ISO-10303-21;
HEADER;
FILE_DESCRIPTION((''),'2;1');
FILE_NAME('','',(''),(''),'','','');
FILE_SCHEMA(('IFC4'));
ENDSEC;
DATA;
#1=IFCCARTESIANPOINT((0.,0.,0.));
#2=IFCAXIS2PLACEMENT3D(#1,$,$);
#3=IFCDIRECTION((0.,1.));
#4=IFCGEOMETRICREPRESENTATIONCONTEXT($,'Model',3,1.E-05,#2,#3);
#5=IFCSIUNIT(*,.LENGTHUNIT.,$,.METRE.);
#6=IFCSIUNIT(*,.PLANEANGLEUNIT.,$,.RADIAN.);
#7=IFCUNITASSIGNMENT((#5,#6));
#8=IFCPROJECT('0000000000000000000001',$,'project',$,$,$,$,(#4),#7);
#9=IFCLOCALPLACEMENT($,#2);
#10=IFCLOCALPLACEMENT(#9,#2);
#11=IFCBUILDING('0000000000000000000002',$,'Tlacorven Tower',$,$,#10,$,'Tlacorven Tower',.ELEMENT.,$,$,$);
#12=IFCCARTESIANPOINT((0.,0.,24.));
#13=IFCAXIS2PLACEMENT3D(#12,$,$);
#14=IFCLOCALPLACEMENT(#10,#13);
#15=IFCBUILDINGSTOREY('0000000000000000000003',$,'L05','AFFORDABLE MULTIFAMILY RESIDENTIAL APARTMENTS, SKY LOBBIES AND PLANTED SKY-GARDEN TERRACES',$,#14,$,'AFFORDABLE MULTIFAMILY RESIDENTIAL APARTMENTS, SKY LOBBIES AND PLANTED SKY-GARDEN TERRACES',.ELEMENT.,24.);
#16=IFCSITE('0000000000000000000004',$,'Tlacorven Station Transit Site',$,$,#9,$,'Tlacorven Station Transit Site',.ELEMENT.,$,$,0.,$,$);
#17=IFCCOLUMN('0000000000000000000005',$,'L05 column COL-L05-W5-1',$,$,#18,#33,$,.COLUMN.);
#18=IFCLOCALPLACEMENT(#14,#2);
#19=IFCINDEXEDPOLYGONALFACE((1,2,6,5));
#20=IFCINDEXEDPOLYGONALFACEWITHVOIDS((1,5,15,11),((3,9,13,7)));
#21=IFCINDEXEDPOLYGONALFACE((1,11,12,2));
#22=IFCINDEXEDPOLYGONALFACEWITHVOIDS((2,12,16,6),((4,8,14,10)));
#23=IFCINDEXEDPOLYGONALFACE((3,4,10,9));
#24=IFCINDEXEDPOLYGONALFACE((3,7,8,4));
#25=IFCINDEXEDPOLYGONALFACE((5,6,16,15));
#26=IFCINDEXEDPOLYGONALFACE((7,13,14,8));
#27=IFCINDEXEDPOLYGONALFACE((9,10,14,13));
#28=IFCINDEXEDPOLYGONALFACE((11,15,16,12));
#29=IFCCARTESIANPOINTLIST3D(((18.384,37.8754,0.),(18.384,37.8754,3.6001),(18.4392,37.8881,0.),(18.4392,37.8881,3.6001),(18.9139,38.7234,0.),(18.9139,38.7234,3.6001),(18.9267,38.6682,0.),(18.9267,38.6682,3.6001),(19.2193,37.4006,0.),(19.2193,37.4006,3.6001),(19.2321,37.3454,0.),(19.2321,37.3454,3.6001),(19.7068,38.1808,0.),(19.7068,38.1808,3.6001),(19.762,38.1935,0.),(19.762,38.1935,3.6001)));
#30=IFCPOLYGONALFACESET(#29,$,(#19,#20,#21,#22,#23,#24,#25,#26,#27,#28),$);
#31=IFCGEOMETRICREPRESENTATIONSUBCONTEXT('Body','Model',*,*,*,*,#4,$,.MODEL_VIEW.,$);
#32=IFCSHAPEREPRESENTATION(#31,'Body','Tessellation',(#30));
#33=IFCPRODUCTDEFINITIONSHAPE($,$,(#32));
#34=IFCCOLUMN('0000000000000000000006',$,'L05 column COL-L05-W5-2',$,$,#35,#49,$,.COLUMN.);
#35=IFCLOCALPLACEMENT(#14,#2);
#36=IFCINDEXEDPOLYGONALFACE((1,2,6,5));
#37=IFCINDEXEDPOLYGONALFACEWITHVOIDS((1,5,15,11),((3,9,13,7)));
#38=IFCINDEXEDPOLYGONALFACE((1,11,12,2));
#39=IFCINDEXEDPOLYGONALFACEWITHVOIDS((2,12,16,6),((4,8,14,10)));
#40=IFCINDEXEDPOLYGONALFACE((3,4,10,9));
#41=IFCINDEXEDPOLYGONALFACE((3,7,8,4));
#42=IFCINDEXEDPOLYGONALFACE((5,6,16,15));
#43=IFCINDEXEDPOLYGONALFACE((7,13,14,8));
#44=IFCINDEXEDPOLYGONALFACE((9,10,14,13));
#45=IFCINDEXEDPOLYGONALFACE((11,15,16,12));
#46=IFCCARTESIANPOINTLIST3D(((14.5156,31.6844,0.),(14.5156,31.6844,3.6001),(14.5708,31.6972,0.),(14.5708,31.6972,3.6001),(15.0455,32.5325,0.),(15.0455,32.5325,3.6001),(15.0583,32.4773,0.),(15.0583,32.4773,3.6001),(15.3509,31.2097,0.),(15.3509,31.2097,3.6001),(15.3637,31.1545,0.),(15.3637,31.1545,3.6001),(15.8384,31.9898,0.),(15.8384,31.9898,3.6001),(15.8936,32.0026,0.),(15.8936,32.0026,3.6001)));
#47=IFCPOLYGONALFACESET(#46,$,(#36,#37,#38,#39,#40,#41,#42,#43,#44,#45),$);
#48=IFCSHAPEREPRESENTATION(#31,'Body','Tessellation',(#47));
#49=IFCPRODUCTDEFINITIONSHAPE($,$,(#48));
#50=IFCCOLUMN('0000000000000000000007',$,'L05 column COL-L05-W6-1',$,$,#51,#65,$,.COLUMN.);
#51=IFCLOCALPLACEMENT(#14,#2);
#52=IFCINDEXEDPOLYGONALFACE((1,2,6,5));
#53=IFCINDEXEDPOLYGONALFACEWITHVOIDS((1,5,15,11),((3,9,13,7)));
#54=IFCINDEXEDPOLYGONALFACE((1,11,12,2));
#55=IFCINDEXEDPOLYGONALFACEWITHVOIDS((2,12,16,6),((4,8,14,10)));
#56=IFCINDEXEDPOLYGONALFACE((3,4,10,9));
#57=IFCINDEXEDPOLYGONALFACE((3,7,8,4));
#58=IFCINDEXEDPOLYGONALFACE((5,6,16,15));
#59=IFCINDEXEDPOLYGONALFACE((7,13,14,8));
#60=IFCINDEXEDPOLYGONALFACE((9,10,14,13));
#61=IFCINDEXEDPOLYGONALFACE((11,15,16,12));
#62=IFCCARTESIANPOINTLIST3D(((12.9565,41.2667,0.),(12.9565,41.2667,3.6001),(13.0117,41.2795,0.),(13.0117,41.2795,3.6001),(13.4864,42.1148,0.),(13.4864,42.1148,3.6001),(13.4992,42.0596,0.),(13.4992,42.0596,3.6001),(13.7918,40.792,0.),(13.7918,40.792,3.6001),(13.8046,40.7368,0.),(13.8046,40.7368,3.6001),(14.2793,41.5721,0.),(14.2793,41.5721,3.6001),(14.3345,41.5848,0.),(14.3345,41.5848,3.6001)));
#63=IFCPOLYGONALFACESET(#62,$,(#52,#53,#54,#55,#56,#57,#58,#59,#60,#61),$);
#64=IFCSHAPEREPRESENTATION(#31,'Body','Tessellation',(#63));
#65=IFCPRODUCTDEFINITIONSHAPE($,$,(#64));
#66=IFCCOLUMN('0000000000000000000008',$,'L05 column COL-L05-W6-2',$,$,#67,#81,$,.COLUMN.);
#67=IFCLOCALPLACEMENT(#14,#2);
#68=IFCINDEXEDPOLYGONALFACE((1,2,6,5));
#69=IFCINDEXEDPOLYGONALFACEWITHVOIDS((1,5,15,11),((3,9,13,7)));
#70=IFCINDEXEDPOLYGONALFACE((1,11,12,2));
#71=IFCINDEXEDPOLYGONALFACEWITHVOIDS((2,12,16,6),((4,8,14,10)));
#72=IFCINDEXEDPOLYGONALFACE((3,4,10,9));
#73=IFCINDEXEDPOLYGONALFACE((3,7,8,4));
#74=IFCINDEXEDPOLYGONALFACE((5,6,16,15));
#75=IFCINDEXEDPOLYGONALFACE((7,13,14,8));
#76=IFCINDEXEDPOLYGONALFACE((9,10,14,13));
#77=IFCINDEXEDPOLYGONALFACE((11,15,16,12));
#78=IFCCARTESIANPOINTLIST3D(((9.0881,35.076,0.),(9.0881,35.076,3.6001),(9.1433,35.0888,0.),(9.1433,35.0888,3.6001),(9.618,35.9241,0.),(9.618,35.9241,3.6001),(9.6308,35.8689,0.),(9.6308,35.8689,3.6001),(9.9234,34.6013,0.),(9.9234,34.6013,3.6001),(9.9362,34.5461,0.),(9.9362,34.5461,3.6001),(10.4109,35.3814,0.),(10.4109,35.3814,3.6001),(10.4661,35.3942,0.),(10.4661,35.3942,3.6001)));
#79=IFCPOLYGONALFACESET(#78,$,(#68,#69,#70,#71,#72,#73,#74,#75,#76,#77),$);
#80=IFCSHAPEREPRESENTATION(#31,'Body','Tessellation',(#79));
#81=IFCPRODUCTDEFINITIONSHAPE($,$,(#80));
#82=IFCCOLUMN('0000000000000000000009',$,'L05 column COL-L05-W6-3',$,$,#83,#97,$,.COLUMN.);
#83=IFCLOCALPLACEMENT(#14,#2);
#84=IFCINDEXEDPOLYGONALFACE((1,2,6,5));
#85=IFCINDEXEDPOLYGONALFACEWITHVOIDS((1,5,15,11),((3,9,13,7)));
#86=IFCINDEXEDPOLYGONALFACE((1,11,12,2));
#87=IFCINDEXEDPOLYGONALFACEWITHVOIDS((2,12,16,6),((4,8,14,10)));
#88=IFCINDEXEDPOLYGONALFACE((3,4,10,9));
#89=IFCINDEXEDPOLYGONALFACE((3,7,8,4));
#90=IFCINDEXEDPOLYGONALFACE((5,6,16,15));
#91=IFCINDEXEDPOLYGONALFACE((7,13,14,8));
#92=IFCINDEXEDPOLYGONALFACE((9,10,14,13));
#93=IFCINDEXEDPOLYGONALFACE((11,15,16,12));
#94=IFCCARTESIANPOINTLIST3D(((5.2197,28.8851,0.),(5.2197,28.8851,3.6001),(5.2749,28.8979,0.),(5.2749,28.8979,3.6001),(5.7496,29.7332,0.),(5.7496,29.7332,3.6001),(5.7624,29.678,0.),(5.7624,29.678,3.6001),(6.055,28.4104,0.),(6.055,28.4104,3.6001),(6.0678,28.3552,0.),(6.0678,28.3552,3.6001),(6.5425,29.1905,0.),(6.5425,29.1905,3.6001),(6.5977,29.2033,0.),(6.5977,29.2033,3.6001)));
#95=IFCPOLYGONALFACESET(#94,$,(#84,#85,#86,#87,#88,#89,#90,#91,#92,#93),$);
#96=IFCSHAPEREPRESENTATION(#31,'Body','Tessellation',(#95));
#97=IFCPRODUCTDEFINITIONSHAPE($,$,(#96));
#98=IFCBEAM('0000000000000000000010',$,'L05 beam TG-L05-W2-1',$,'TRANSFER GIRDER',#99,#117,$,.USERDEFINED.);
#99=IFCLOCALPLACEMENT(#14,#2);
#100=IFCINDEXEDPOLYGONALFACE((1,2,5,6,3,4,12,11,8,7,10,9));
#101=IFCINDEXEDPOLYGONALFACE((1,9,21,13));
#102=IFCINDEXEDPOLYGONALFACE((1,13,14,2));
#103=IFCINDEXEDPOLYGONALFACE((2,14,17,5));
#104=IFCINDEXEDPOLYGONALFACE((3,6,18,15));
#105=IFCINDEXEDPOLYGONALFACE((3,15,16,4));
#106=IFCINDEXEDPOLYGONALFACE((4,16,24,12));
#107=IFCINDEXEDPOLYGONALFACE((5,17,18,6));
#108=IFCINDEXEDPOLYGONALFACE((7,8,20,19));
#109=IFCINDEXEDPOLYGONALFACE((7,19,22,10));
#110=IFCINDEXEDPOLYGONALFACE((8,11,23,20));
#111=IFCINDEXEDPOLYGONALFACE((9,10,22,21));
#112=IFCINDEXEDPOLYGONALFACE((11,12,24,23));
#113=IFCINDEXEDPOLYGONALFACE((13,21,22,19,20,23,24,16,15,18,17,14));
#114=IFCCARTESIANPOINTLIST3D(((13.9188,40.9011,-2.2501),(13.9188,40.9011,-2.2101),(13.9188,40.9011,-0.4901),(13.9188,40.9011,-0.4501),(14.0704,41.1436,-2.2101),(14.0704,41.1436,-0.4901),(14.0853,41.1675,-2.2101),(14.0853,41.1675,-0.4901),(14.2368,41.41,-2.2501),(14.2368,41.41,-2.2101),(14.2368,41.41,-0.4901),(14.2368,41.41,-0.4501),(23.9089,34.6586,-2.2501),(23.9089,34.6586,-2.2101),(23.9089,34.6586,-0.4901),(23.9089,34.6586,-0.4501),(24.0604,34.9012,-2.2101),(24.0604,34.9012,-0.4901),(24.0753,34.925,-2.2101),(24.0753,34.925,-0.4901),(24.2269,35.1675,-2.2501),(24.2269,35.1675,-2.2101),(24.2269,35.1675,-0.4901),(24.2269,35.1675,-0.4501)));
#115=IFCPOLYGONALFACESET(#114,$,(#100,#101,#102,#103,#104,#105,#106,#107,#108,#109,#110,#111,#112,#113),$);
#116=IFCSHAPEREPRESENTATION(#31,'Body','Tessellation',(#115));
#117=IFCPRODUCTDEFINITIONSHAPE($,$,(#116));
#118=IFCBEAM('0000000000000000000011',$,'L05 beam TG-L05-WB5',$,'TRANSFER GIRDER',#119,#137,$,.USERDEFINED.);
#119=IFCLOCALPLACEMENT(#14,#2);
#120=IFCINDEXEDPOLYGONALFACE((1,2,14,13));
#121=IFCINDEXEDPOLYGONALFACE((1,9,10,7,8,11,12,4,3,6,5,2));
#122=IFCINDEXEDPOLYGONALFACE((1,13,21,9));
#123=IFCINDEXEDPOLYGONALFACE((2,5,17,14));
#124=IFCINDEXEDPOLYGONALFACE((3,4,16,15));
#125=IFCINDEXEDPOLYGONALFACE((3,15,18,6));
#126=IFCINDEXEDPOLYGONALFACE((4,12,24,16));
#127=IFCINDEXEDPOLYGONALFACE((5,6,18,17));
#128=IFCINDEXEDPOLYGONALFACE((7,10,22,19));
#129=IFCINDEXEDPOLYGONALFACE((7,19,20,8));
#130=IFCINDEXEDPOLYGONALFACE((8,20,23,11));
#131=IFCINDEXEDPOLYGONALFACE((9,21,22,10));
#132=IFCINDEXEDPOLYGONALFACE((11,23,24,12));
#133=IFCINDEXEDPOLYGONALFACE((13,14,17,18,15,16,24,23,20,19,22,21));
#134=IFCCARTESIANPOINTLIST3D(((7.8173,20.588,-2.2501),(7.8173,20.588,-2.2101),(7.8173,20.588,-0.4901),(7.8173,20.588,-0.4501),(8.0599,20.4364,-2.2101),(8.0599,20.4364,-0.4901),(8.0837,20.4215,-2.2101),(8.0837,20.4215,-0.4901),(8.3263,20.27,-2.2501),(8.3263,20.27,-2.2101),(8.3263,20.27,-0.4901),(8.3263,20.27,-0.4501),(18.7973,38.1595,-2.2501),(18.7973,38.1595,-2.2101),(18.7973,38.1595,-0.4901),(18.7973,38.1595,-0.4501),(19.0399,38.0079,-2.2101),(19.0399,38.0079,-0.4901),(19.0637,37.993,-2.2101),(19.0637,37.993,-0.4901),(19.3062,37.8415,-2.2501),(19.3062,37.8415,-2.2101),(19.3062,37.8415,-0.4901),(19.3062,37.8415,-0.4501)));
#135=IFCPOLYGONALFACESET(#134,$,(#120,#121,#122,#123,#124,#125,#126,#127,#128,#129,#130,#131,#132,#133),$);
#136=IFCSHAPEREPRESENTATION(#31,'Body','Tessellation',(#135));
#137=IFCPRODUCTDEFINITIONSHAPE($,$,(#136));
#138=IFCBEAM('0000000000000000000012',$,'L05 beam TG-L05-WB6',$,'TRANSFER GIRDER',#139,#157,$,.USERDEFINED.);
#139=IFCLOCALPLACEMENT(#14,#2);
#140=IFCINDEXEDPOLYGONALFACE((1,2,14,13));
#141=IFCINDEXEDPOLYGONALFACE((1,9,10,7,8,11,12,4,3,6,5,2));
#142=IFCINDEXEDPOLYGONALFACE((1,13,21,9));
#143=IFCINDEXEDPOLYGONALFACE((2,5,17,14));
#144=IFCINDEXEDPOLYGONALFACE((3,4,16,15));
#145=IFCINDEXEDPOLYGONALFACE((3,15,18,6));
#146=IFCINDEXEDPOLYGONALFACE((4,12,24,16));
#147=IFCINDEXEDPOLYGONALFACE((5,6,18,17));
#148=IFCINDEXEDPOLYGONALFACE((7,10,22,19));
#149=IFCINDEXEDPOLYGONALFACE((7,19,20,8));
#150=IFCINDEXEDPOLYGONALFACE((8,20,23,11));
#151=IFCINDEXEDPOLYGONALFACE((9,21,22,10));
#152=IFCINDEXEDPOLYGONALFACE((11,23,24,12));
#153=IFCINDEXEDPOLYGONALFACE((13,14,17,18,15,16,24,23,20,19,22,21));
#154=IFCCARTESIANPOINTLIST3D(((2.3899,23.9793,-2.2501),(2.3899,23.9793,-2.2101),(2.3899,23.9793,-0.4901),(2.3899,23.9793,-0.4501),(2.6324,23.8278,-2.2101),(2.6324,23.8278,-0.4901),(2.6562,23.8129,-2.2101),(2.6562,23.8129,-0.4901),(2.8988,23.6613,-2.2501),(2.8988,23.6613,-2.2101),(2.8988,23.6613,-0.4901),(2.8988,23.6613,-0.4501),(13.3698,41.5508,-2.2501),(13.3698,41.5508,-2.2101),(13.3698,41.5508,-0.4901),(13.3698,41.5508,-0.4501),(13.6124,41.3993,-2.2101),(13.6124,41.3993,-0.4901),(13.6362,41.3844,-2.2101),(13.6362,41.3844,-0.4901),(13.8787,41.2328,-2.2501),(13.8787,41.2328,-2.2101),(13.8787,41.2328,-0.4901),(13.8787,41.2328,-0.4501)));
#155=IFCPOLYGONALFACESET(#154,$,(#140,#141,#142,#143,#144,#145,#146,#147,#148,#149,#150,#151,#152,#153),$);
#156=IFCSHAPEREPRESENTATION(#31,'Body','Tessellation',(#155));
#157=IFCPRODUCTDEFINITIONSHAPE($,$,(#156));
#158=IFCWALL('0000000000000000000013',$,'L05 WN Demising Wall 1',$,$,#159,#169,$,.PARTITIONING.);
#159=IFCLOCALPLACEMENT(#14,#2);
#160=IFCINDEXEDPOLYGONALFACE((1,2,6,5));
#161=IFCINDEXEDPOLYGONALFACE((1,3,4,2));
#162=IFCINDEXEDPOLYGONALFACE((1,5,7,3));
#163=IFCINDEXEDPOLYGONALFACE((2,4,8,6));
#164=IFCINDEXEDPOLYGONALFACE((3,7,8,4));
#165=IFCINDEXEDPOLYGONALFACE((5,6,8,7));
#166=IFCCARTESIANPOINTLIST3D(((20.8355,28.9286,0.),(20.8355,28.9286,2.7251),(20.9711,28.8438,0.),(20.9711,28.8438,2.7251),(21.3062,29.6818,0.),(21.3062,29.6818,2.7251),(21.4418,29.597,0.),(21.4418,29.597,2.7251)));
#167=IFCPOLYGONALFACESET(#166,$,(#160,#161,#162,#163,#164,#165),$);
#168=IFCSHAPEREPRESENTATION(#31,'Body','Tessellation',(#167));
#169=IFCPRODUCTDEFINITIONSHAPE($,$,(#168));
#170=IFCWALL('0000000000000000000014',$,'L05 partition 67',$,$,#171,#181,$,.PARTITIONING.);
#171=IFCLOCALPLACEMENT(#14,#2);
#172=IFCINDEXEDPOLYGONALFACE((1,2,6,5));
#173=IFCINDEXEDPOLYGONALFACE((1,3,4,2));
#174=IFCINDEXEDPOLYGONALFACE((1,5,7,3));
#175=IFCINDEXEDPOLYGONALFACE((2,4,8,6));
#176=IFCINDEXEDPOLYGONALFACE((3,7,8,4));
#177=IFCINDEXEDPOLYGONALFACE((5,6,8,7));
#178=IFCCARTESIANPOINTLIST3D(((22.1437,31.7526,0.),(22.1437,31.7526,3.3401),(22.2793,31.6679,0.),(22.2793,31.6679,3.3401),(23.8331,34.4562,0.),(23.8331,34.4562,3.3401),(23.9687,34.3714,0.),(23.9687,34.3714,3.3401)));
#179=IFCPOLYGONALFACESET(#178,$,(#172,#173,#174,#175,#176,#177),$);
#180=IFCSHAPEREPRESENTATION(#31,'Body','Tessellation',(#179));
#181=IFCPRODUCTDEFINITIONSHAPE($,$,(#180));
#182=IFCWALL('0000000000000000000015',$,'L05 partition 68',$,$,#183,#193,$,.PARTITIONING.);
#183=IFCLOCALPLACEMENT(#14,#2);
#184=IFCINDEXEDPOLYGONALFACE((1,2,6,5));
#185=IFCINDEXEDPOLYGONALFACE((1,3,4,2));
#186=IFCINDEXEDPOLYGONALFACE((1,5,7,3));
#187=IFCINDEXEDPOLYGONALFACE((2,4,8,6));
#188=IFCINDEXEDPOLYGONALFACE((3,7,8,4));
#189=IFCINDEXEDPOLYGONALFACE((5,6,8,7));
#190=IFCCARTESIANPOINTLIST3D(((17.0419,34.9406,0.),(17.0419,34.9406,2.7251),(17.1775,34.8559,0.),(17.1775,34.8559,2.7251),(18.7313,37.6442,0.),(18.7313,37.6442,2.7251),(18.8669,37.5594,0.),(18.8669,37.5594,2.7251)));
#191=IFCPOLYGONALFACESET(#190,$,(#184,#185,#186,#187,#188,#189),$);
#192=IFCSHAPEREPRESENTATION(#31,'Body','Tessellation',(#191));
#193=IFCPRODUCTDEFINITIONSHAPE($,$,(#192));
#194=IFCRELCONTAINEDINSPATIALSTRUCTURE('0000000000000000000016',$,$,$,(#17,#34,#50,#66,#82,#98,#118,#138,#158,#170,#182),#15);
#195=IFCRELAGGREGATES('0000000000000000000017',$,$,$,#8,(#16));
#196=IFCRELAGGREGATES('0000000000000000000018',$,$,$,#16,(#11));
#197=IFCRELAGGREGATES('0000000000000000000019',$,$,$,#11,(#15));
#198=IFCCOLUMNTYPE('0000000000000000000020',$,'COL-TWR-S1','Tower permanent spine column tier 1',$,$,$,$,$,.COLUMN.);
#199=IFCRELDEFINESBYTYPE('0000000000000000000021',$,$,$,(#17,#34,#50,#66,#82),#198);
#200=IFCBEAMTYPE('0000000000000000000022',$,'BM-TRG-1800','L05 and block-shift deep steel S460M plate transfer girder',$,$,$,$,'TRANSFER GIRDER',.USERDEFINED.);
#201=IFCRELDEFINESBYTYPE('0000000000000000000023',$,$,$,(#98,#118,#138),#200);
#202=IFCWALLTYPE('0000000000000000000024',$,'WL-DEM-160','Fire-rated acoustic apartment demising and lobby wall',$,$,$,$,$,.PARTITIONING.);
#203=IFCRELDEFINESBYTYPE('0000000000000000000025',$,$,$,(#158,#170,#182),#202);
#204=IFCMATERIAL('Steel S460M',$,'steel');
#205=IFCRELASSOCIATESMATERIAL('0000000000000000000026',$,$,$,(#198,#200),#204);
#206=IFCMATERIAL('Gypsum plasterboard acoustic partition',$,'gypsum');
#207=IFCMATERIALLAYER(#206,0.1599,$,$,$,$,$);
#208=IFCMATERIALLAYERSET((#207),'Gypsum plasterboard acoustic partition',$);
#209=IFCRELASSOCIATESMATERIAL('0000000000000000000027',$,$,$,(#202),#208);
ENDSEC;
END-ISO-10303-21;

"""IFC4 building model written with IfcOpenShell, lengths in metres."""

from ifc_helpers import new_model, si_unit, direction, frame, frame_2d, origin, origin_2d, place, context, subcontext, project, spatial, rectangle, hollow_rectangle, i_section, extrude, source, transform, mapped, material, layer, layer_set, material_profile, profile_set, type_object, element, save


model = new_model("IFC4")

# Units and contexts
model_context = context("Model", 3, precision=1e-05, world=origin(), true_north=direction((0.0, 1.0)))
body_context = subcontext(model_context, "Body", "Model", "MODEL_VIEW")
ifc_project = project(units=[si_unit("LENGTHUNIT", "METRE"), si_unit("PLANEANGLEUNIT", "RADIAN")], contexts=[model_context])

# Site, building, storey
site_placement = place(None, origin())
site = spatial("IfcSite", under=ifc_project, at=site_placement, Name="Tlacorven Station Transit Site", LongName="Tlacorven Station Transit Site", CompositionType="ELEMENT", RefElevation=0.0)
building_placement = place(site_placement, origin())
building = spatial("IfcBuilding", under=site, at=building_placement, Name="Tlacorven Tower", LongName="Tlacorven Tower", CompositionType="ELEMENT")
storey_placement = place(building_placement, frame((0.0, 0.0, 24.0)))
storey = spatial("IfcBuildingStorey", under=building, at=storey_placement, Name="L05", Description="AFFORDABLE MULTIFAMILY RESIDENTIAL APARTMENTS, SKY LOBBIES AND PLANTED SKY-GARDEN TERRACES", LongName="AFFORDABLE MULTIFAMILY RESIDENTIAL APARTMENTS, SKY LOBBIES AND PLANTED SKY-GARDEN TERRACES", CompositionType="ELEMENT", Elevation=24.0)

# Columns
ifc_material_1 = material(Name="Steel S460M", Category="steel")
ifc_material_profile_1 = material_profile(ifc_material_1, hollow_rectangle(XDim=1.0, YDim=1.0, WallThickness=0.04, at=origin_2d()), Name="BOX 1000X1000X40")
ifc_profile_set_1 = profile_set([ifc_material_profile_1], Name="Steel S460M")
column_type = type_object("IfcColumnType", Name="COL-TWR-S1", Description="Tower permanent spine column tier 1", PredefinedType="COLUMN", material=ifc_profile_set_1)
shared_shape_1 = source(origin(), body_context, "Body", "SweptSolid", [
    extrude(hollow_rectangle(XDim=1.0, YDim=1.0, WallThickness=0.04, at=origin_2d()), origin(), (0.0, 0.0, 1.0), 3.6001),
])
for number, where, z_axis, x_axis, name in (
    (1, (19.073, 38.0344, 0.0), (0.0, 0.0, 1.0), (-0.848048, 0.529919, 0.0), "L05 column COL-L05-W5-1"),
    (2, (15.2046, 31.8435, 0.0), (0.0, 0.0, 1.0), (-0.848048, 0.529919, 0.0), "L05 column COL-L05-W5-2"),
    (3, (13.6455, 41.4258, 0.0), (0.0, 0.0, 1.0), (-0.848048, 0.529919, 0.0), "L05 column COL-L05-W6-1"),
    (4, (9.7771, 35.2351, 0.0), (0.0, 0.0, 1.0), (-0.848048, 0.529919, 0.0), "L05 column COL-L05-W6-2"),
    (5, (5.9087, 29.0442, 0.0), (0.0, 0.0, 1.0), (-0.848048, 0.529919, 0.0), "L05 column COL-L05-W6-3"),
):
    element("IfcColumn", number, at=place(storey_placement, frame(where, z_axis=z_axis, x_axis=x_axis)), inside=storey, type_object=column_type, Name=name, PredefinedType="COLUMN", context=body_context, shape_type="MappedRepresentation", body=[
        mapped(shared_shape_1, transform((0.0, 0.0, 0.0), scale=1.0)),
    ])

# Beams
ifc_material_profile_2 = material_profile(ifc_material_1, i_section(OverallWidth=0.6001, OverallDepth=1.8, WebThickness=0.0281, FlangeThickness=0.04, at=origin_2d()), Name="PG 1800X600X28X40")
ifc_profile_set_2 = profile_set([ifc_material_profile_2], Name="Steel S460M")
beam_type = type_object("IfcBeamType", Name="BM-TRG-1800", Description="L05 and block-shift deep steel S460M plate transfer girder", ElementType="TRANSFER GIRDER", PredefinedType="USERDEFINED", material=ifc_profile_set_2)
shared_shape_2 = source(origin(), body_context, "Body", "SweptSolid", [
    extrude(i_section(OverallWidth=0.6001, OverallDepth=1.8, WebThickness=0.0281, FlangeThickness=0.04, at=origin_2d()), origin(), (0.0, 0.0, 1.0), 11.78),
])
beam_placement = place(storey_placement, frame((24.0679, 34.9131, -1.3501), z_axis=(-0.848048, 0.529919, 0.0), x_axis=(-0.529919, -0.848048, 0.0)))
element("IfcBeam", 6, at=beam_placement, inside=storey, type_object=beam_type, Name="L05 beam TG-L05-W2-1", ObjectType="TRANSFER GIRDER", PredefinedType="USERDEFINED", context=body_context, shape_type="MappedRepresentation", body=[
    mapped(shared_shape_2, transform((0.0, 0.0, 0.0), scale=1.0)),
])
shared_shape_3 = source(origin(), body_context, "Body", "SweptSolid", [
    extrude(i_section(OverallWidth=0.6001, OverallDepth=1.8, WebThickness=0.0281, FlangeThickness=0.04, at=origin_2d()), origin(), (0.0, 0.0, 1.0), 20.72),
])
for number, where, z_axis, x_axis, name in (
    (7, (19.0518, 38.0005, -1.3501), (-0.529922, -0.848047, 0.0), (0.848047, -0.529922, 0.0), "L05 beam TG-L05-WB5"),
    (8, (13.6243, 41.3918, -1.3501), (-0.529922, -0.848047, 0.0), (0.848047, -0.529922, 0.0), "L05 beam TG-L05-WB6"),
):
    element("IfcBeam", number, at=place(storey_placement, frame(where, z_axis=z_axis, x_axis=x_axis)), inside=storey, type_object=beam_type, Name=name, ObjectType="TRANSFER GIRDER", PredefinedType="USERDEFINED", context=body_context, shape_type="MappedRepresentation", body=[
        mapped(shared_shape_3, transform((0.0, 0.0, 0.0), scale=1.0)),
    ])

# Walls
ifc_material_2 = material(Name="Gypsum plasterboard acoustic partition", Category="gypsum")
ifc_layer_1 = layer(ifc_material_2, 0.1599)
ifc_layer_set_1 = layer_set([ifc_layer_1], Name="Gypsum plasterboard acoustic partition")
wall_type_1 = type_object("IfcWallType", Name="WL-DEM-160", Description="Fire-rated acoustic apartment demising and lobby wall", PredefinedType="PARTITIONING", material=ifc_layer_set_1)
wall_1_placement = place(storey_placement, frame((21.374, 29.6394, 0.0), z_axis=(0.0, 0.0, 1.0), x_axis=(-0.529974, -0.848014, 0.0)))
element("IfcWall", 9, at=wall_1_placement, inside=storey, type_object=wall_type_1, Name="L05 WN Demising Wall 1", PredefinedType="PARTITIONING", context=body_context, shape_type="SweptSolid", body=[
    extrude(rectangle(XDim=0.8882, YDim=0.1599, at=frame_2d((0.4441, 0.0))), origin(), (0.0, 0.0, 1.0), 2.7251),
])
wall_2_placement = place(storey_placement, frame((23.9009, 34.4138, 0.0), z_axis=(0.0, 0.0, 1.0), x_axis=(-0.52993, -0.848041, 0.0)))
element("IfcWall", 10, at=wall_2_placement, inside=storey, type_object=wall_type_1, Name="L05 partition 67", PredefinedType="PARTITIONING", context=body_context, shape_type="SweptSolid", body=[
    extrude(rectangle(XDim=3.188, YDim=0.1599, at=frame_2d((1.594, 0.0))), origin(), (0.0, 0.0, 1.0), 3.3401),
])
wall_3_placement = place(storey_placement, frame((18.7991, 37.6018, 0.0), z_axis=(0.0, 0.0, 1.0), x_axis=(-0.52993, -0.848041, 0.0)))
element("IfcWall", 11, at=wall_3_placement, inside=storey, type_object=wall_type_1, Name="L05 partition 68", PredefinedType="PARTITIONING", context=body_context, shape_type="SweptSolid", body=[
    extrude(rectangle(XDim=3.188, YDim=0.1599, at=frame_2d((1.594, 0.0))), origin(), (0.0, 0.0, 1.0), 2.7251),
])

save(model, "model.ifc")
